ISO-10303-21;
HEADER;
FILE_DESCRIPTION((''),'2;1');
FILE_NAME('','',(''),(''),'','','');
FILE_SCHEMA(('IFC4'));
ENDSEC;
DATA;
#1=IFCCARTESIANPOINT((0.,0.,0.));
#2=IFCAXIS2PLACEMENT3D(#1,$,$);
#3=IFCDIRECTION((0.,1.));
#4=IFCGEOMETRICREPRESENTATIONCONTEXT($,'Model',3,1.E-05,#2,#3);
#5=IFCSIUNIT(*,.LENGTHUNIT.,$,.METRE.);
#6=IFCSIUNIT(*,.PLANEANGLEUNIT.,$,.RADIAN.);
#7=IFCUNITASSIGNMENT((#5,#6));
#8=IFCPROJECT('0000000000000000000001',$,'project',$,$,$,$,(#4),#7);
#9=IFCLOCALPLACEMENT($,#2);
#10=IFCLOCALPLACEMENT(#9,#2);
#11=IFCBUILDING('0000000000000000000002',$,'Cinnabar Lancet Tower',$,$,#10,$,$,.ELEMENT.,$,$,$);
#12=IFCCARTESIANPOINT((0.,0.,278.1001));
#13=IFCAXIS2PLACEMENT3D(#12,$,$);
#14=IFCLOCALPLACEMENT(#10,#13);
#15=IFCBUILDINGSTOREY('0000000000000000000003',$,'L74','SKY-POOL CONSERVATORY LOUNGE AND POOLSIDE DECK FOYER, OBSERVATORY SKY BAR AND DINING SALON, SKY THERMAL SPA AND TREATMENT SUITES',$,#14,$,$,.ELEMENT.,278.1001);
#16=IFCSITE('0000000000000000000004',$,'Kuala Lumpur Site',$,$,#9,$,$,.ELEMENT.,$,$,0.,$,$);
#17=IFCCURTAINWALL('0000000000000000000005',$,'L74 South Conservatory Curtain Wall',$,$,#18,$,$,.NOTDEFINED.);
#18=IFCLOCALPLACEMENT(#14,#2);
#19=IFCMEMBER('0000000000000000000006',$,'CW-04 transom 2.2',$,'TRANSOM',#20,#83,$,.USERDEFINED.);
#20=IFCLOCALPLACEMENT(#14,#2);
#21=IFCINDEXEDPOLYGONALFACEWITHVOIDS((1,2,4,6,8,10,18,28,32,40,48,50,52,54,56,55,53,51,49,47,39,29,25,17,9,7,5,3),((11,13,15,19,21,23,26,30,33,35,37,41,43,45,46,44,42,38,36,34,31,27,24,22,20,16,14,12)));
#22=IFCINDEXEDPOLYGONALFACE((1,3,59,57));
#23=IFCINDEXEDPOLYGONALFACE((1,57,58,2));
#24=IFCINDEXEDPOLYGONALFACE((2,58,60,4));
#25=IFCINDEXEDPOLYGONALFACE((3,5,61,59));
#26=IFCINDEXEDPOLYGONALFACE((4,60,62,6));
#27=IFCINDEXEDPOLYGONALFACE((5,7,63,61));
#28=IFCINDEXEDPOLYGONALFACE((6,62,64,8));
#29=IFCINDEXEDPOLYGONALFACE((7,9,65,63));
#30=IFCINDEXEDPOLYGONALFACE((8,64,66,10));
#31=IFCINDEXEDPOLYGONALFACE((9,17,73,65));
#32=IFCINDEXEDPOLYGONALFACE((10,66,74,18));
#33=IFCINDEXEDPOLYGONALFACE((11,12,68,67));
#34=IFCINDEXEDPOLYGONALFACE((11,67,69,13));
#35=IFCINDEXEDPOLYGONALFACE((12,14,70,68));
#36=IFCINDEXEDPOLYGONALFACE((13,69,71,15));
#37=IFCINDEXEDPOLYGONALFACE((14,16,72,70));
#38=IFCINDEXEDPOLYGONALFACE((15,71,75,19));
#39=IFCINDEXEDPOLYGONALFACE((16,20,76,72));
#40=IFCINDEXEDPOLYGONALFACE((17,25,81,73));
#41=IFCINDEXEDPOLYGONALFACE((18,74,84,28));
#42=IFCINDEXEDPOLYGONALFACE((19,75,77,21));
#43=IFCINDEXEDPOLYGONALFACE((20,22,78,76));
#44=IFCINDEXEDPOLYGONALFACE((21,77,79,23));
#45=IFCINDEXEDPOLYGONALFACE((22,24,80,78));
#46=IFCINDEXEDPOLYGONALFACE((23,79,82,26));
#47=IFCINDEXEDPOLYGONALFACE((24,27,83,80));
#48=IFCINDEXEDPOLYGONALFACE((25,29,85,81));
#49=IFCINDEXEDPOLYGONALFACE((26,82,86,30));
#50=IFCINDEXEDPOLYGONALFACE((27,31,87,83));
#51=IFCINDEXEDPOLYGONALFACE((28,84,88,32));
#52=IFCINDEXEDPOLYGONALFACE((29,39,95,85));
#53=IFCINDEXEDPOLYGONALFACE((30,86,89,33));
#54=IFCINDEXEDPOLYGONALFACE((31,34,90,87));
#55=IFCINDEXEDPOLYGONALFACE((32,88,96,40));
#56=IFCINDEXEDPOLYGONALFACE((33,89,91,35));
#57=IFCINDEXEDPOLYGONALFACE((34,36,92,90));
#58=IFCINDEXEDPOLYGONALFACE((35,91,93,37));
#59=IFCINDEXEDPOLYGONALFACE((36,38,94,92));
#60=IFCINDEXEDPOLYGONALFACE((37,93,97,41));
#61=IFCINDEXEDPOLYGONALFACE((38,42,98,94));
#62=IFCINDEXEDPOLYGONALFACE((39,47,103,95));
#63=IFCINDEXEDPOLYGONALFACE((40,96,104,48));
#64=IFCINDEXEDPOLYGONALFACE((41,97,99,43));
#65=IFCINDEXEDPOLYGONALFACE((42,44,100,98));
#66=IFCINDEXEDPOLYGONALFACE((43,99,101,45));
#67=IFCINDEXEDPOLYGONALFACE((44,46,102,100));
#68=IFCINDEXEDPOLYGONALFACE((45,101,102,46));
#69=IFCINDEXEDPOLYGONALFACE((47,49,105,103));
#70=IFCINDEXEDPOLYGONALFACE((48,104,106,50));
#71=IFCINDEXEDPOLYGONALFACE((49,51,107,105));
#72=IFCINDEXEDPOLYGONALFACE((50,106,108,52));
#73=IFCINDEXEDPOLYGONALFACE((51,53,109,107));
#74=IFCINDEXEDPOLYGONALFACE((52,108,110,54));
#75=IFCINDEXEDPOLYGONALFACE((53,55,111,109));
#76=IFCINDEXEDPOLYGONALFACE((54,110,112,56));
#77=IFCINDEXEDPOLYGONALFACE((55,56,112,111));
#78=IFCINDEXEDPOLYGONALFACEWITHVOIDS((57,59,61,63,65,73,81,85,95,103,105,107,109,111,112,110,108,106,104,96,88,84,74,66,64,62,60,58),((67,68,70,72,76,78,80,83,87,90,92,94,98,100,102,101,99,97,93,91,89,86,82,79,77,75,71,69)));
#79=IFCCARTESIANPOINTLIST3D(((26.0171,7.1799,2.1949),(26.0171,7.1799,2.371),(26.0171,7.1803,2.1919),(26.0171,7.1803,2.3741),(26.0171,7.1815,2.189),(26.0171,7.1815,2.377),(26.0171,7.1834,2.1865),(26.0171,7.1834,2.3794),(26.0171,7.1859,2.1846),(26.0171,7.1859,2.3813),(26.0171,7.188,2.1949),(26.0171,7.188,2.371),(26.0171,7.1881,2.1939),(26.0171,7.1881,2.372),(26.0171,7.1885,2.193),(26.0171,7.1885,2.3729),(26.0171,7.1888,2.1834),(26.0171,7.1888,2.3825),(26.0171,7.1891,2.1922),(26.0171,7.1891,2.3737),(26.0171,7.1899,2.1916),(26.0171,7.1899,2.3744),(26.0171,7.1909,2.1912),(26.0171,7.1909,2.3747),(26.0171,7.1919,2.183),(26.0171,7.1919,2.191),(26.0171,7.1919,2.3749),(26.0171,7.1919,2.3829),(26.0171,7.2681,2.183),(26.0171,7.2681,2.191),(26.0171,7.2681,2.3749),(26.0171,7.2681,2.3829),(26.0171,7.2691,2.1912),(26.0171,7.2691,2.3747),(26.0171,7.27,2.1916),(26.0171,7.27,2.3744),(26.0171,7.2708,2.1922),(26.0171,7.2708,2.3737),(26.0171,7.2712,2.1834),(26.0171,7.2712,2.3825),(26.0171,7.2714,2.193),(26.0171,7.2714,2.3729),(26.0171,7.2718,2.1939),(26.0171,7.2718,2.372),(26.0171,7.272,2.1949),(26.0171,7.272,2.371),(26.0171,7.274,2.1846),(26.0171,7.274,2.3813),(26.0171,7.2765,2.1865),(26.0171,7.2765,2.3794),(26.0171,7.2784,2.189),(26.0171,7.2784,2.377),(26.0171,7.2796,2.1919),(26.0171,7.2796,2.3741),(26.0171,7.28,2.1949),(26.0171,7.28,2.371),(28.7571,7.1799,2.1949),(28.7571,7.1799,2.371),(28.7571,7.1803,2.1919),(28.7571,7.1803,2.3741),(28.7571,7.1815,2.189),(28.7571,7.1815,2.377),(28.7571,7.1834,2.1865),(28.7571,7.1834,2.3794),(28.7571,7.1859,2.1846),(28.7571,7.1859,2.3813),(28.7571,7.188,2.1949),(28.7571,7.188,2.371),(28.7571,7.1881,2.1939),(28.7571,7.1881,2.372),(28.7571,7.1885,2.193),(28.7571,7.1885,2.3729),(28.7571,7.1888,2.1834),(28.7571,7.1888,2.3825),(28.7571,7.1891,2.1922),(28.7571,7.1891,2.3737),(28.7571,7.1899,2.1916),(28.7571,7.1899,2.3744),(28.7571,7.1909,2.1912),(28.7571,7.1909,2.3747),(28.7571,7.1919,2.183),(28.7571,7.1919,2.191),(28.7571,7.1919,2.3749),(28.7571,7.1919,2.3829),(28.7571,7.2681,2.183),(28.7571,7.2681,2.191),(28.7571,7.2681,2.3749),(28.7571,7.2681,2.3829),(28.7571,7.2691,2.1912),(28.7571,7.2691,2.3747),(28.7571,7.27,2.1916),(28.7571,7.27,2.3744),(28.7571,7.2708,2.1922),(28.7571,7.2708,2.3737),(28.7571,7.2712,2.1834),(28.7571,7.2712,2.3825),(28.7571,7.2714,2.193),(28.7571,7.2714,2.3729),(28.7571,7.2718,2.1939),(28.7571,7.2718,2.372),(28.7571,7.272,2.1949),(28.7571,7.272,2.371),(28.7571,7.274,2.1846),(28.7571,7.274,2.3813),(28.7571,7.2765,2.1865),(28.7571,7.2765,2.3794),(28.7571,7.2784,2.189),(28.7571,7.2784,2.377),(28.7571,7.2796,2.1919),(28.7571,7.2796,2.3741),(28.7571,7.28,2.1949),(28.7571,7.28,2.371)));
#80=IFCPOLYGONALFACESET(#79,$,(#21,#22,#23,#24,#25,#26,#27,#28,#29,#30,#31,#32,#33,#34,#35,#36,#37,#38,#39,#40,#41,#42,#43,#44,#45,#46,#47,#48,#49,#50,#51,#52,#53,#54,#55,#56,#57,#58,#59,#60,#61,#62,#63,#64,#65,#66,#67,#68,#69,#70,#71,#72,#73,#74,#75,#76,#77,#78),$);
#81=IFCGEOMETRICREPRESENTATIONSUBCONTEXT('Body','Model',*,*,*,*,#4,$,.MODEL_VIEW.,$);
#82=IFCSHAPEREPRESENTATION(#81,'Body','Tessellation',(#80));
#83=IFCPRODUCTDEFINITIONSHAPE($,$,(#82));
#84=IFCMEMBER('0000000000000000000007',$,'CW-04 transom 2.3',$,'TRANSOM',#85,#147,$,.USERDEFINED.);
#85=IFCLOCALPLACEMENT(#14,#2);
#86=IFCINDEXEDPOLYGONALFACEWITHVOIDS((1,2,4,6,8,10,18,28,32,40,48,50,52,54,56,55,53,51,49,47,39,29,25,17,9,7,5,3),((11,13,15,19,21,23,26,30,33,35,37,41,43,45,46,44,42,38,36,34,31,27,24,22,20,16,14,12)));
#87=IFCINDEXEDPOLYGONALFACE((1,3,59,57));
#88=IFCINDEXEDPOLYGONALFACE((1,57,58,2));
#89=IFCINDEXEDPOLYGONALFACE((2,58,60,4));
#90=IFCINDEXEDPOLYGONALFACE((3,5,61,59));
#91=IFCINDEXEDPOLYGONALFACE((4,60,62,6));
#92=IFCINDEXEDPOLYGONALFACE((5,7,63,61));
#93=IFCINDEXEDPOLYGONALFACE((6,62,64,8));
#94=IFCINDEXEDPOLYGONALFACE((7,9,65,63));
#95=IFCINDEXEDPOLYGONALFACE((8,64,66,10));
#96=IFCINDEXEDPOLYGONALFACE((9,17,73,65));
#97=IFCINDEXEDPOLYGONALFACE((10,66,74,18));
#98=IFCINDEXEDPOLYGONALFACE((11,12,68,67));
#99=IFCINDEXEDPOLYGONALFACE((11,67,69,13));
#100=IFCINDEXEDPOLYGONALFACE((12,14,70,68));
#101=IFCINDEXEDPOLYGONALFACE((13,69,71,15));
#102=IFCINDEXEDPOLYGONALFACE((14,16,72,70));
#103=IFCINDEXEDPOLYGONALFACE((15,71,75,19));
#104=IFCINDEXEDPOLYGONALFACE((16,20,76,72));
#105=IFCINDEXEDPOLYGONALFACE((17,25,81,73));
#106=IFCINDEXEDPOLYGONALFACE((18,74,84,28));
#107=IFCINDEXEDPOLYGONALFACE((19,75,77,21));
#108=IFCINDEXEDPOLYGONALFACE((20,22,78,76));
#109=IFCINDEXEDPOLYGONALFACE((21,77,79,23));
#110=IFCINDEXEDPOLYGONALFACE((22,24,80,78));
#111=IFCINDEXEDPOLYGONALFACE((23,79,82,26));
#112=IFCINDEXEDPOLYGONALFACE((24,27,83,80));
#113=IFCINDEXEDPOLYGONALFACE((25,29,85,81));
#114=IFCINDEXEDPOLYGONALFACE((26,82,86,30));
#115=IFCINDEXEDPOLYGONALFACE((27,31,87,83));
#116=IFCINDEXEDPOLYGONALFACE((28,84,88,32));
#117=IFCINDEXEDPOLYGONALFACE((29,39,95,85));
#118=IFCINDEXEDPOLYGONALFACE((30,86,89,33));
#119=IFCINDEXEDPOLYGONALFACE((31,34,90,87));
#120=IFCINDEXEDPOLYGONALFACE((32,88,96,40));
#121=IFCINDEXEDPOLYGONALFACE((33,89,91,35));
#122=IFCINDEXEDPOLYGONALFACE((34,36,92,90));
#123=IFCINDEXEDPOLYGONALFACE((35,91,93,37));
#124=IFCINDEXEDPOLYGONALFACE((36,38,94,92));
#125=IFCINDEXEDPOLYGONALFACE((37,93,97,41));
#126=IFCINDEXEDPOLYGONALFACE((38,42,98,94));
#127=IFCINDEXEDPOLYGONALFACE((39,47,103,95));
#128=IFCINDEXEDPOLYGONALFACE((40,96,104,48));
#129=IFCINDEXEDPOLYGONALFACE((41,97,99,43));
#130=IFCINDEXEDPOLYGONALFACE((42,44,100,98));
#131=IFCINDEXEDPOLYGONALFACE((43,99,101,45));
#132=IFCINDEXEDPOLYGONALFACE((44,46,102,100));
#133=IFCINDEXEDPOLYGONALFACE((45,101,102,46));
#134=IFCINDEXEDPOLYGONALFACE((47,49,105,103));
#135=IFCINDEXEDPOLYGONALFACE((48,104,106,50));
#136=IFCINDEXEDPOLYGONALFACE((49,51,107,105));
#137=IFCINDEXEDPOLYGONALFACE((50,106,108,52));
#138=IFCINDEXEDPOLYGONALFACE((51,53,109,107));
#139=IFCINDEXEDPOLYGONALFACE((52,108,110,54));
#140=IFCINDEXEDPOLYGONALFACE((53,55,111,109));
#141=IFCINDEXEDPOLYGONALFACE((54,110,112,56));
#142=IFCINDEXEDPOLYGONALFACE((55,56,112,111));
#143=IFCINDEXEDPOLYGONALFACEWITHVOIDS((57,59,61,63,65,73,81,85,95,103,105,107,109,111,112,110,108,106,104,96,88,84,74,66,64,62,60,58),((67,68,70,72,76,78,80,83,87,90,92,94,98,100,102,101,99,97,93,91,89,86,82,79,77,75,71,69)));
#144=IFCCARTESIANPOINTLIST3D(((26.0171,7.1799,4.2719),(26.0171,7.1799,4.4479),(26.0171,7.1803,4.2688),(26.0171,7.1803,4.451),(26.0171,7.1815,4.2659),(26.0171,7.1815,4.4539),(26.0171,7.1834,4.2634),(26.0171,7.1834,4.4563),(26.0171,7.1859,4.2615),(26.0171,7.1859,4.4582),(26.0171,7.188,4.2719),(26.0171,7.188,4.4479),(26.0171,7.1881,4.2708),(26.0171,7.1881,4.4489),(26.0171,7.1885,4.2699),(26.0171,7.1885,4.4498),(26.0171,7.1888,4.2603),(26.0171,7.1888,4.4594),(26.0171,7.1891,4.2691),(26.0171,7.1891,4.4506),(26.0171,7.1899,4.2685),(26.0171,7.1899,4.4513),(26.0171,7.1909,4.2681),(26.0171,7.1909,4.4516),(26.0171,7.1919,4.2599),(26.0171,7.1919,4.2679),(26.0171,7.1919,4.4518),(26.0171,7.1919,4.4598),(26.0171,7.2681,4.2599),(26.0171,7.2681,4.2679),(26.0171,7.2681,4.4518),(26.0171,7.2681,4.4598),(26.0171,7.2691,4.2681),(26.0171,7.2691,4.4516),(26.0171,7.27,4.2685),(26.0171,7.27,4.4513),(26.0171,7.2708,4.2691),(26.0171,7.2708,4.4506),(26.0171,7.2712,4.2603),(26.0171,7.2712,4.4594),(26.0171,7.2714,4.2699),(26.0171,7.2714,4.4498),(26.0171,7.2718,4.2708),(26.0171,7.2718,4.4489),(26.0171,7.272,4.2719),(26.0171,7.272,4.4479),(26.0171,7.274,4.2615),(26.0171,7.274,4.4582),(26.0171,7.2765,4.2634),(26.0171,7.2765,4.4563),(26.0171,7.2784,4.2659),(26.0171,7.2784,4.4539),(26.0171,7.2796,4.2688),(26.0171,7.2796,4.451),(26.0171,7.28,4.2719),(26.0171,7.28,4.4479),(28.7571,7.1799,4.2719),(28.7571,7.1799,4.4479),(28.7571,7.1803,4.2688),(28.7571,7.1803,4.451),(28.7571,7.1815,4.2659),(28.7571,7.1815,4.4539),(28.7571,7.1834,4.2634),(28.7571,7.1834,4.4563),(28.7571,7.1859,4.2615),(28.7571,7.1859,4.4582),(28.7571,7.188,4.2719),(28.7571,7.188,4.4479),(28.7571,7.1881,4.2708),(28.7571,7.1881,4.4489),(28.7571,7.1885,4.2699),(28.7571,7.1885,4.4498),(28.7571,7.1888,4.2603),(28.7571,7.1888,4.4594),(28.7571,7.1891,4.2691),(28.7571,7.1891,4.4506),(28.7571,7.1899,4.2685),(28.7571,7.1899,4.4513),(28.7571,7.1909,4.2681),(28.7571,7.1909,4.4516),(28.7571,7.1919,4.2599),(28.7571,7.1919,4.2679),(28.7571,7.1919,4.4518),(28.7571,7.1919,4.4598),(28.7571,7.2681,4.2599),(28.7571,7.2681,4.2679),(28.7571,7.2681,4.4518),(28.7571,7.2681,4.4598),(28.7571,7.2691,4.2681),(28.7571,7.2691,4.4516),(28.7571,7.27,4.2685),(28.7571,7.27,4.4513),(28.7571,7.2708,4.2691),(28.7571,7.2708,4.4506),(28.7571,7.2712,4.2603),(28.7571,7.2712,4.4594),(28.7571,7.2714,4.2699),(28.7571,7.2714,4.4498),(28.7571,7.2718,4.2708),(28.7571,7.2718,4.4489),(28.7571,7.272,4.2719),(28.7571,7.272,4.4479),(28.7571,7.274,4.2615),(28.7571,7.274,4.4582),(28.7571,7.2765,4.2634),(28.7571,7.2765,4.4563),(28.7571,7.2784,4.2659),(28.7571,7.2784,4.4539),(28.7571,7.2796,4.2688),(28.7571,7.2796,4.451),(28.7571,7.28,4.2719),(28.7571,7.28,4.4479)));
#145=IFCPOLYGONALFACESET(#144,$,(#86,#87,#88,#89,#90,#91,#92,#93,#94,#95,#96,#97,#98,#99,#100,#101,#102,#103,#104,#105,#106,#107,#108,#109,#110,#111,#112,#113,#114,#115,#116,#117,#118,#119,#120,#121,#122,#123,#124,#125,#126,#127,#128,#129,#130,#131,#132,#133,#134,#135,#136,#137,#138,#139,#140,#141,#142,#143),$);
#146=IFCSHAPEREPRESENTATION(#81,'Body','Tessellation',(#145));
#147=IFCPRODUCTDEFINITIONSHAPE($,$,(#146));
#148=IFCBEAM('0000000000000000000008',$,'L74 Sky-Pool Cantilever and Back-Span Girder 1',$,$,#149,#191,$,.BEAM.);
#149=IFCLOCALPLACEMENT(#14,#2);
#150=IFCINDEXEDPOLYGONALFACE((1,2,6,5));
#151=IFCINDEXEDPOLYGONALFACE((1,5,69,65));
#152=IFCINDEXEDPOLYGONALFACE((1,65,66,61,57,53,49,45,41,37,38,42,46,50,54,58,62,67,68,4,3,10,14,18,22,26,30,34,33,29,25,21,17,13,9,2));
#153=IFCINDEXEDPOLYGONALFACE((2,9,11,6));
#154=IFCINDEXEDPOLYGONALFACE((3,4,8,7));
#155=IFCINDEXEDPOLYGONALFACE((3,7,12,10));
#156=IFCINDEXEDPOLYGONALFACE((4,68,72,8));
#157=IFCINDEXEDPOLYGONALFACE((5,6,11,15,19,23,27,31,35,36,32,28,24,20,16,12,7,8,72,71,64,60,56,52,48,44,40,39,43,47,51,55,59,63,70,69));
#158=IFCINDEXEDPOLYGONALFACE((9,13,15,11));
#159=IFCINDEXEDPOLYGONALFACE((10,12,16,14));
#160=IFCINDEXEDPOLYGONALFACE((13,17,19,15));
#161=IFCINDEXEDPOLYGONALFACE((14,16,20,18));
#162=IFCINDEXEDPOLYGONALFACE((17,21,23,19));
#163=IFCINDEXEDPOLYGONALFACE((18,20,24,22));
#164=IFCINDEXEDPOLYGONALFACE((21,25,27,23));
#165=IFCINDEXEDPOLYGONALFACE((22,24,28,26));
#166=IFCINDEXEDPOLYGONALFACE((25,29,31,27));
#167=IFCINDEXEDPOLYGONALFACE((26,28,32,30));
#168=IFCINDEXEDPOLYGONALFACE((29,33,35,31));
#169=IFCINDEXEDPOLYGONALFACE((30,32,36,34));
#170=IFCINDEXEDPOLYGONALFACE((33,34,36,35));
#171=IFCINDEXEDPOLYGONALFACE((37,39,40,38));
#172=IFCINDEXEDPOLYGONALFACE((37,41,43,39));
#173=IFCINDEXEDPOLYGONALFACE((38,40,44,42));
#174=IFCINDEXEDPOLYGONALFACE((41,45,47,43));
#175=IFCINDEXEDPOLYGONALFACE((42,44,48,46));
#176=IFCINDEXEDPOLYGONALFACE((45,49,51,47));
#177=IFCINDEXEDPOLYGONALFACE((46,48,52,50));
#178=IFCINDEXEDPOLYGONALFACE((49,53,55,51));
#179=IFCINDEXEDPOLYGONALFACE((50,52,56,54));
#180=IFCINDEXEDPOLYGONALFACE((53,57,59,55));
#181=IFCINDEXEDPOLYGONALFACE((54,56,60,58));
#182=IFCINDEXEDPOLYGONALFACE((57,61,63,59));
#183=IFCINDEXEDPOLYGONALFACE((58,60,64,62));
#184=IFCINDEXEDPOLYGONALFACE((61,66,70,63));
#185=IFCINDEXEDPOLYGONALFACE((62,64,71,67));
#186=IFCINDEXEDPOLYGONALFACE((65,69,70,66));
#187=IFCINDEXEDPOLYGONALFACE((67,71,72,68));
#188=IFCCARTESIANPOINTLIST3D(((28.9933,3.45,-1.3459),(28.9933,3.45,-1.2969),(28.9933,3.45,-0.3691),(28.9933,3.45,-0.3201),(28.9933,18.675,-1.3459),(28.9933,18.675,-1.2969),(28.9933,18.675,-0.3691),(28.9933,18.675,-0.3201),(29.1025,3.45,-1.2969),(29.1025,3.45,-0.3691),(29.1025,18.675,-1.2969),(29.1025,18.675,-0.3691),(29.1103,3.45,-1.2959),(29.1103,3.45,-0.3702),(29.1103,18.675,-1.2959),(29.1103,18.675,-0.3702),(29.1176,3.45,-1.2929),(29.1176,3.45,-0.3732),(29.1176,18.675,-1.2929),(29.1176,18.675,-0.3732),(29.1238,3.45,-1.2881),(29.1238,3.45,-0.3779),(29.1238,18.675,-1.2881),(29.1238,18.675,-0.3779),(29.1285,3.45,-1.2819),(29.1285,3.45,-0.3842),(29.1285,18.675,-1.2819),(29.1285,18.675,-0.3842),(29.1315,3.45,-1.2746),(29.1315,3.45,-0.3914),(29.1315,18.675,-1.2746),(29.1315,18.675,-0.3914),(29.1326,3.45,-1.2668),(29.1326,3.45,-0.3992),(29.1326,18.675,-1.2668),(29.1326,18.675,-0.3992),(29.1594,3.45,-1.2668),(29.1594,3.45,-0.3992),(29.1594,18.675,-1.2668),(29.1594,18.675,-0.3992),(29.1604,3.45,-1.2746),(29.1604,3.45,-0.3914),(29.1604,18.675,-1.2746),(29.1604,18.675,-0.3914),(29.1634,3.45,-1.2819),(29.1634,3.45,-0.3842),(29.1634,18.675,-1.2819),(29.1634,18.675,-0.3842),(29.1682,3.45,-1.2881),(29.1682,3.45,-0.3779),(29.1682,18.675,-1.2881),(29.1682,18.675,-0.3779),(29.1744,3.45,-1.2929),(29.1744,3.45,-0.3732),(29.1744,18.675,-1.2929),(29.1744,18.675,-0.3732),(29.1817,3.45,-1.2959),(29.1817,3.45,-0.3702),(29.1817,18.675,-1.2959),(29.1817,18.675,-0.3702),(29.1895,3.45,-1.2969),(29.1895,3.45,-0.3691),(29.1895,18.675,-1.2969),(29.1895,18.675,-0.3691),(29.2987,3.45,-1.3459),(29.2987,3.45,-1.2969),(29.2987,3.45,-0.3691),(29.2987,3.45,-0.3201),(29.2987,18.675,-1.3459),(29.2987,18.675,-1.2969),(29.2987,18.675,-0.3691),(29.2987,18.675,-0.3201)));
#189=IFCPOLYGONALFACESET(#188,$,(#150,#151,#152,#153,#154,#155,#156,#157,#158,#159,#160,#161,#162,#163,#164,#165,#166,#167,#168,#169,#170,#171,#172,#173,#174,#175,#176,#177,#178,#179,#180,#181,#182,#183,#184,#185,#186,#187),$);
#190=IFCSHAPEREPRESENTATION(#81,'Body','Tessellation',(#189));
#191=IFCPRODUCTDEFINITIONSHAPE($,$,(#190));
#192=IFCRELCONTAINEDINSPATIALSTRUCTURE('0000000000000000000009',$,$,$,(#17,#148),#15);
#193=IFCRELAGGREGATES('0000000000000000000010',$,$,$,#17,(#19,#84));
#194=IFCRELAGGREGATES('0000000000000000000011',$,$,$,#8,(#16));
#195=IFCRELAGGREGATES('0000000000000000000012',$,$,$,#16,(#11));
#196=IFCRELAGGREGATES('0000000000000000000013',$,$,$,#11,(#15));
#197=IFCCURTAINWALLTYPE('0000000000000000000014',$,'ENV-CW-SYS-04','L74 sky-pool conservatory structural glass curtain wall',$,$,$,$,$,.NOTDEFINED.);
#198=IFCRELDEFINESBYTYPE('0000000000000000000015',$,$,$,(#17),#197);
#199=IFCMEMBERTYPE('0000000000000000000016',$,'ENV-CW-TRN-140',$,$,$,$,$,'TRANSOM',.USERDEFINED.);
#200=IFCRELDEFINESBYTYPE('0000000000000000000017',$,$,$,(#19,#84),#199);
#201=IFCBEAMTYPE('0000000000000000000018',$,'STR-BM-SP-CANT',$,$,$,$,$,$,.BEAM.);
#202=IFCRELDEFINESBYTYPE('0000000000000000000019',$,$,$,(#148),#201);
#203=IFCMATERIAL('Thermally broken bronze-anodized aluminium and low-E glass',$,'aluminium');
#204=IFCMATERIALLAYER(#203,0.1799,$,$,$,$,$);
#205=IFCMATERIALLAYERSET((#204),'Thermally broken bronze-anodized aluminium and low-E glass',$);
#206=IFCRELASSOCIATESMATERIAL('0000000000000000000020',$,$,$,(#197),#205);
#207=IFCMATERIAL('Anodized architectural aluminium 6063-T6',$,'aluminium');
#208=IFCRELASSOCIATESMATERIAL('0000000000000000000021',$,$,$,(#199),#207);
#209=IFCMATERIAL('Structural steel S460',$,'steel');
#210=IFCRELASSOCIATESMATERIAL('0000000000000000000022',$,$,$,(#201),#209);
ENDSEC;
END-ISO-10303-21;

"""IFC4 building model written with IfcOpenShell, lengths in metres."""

from ifc_helpers import new_model, si_unit, direction, frame, origin, origin_2d, place, context, subcontext, project, spatial, hollow_rectangle, i_section, extrude, material, layer, layer_set, material_profile, profile_set, type_object, element, aggregate, save


model = new_model("IFC4")

# Units and contexts
model_context = context("Model", 3, precision=1e-05, world=origin(), true_north=direction((0.0, 1.0)))
body_context = subcontext(model_context, "Body", "Model", "MODEL_VIEW")
ifc_project = project(units=[si_unit("LENGTHUNIT", "METRE"), si_unit("PLANEANGLEUNIT", "RADIAN")], contexts=[model_context])

# Site, building, storey
site_placement = place(None, origin())
site = spatial("IfcSite", under=ifc_project, at=site_placement, Name="Kuala Lumpur Site", CompositionType="ELEMENT", RefElevation=0.0)
building_placement = place(site_placement, origin())
building = spatial("IfcBuilding", under=site, at=building_placement, Name="Cinnabar Lancet Tower", CompositionType="ELEMENT")
storey_placement = place(building_placement, frame((0.0, 0.0, 278.1001)))
storey = spatial("IfcBuildingStorey", under=building, at=storey_placement, Name="L74", Description="SKY-POOL CONSERVATORY LOUNGE AND POOLSIDE DECK FOYER, OBSERVATORY SKY BAR AND DINING SALON, SKY THERMAL SPA AND TREATMENT SUITES", CompositionType="ELEMENT", Elevation=278.1001)

# Curtain wall, members
ifc_material_1 = material(Name="Thermally broken bronze-anodized aluminium and low-E glass", Category="aluminium")
ifc_layer_1 = layer(ifc_material_1, 0.1799)
ifc_layer_set_1 = layer_set([ifc_layer_1], Name="Thermally broken bronze-anodized aluminium and low-E glass")
curtain_wall_type = type_object("IfcCurtainWallType", Name="ENV-CW-SYS-04", Description="L74 sky-pool conservatory structural glass curtain wall", PredefinedType="NOTDEFINED", material=ifc_layer_set_1)
curtain_wall_placement = place(storey_placement, origin())
curtain_wall = element("IfcCurtainWall", 1, at=curtain_wall_placement, inside=storey, type_object=curtain_wall_type, Name="L74 South Conservatory Curtain Wall", PredefinedType="NOTDEFINED")
ifc_material_2 = material(Name="Anodized architectural aluminium 6063-T6", Category="aluminium")
ifc_material_profile_1 = material_profile(ifc_material_2, hollow_rectangle(XDim=0.1001, YDim=0.2, WallThickness=0.0081, InnerFilletRadius=0.0039, OuterFilletRadius=0.012, at=origin_2d()), Name="RHS 200x100x8")
ifc_profile_set_1 = profile_set([ifc_material_profile_1], Name="Anodized architectural aluminium 6063-T6")
member_type_1 = type_object("IfcMemberType", Name="ENV-CW-TRN-140", ElementType="TRANSOM", PredefinedType="USERDEFINED", material=ifc_profile_set_1)
member_1_placement = place(storey_placement, frame((26.0171, 7.23, 2.283), z_axis=(1.0, 0.0, 0.0), x_axis=(0.0, 1.0, 0.0)))
member_1 = element("IfcMember", 2, at=member_1_placement, type_object=member_type_1, Name="CW-04 transom 2.2", ObjectType="TRANSOM", PredefinedType="USERDEFINED", context=body_context, shape_type="SweptSolid", body=[
    extrude(hollow_rectangle(XDim=0.1001, YDim=0.2, WallThickness=0.0081, InnerFilletRadius=0.0039, OuterFilletRadius=0.012, at=origin_2d()), origin(), (0.0, 0.0, 1.0), 2.74),
])
member_2_placement = place(storey_placement, frame((26.0171, 7.23, 4.3599), z_axis=(1.0, 0.0, 0.0), x_axis=(0.0, 1.0, 0.0)))
member_2 = element("IfcMember", 3, at=member_2_placement, type_object=member_type_1, Name="CW-04 transom 2.3", ObjectType="TRANSOM", PredefinedType="USERDEFINED", context=body_context, shape_type="SweptSolid", body=[
    extrude(hollow_rectangle(XDim=0.1001, YDim=0.2, WallThickness=0.0081, InnerFilletRadius=0.0039, OuterFilletRadius=0.012, at=origin_2d()), origin(), (0.0, 0.0, 1.0), 2.74),
])

# Beam
ifc_material_3 = material(Name="Structural steel S460", Category="steel")
ifc_material_profile_2 = material_profile(ifc_material_3, i_section(OverallWidth=0.3054, OverallDepth=1.0259, WebThickness=0.0269, FlangeThickness=0.0491, FilletRadius=0.03, at=origin_2d()), Name="UKB 1016x305x437")
ifc_profile_set_2 = profile_set([ifc_material_profile_2], Name="Structural steel S460")
beam_type_1 = type_object("IfcBeamType", Name="STR-BM-SP-CANT", PredefinedType="BEAM", material=ifc_profile_set_2)
beam_placement = place(storey_placement, frame((29.146, 3.45, -0.833), z_axis=(0.0, 1.0, 0.0), x_axis=(-1.0, 0.0, 0.0)))
element("IfcBeam", 4, at=beam_placement, inside=storey, type_object=beam_type_1, Name="L74 Sky-Pool Cantilever and Back-Span Girder 1", PredefinedType="BEAM", context=body_context, shape_type="SweptSolid", body=[
    extrude(i_section(OverallWidth=0.3054, OverallDepth=1.0259, WebThickness=0.0269, FlangeThickness=0.0491, FilletRadius=0.03, at=origin_2d()), origin(), (0.0, 0.0, 1.0), 15.2251),
])

aggregate(curtain_wall, [member_1, member_2])

save(model, "model.ifc")
